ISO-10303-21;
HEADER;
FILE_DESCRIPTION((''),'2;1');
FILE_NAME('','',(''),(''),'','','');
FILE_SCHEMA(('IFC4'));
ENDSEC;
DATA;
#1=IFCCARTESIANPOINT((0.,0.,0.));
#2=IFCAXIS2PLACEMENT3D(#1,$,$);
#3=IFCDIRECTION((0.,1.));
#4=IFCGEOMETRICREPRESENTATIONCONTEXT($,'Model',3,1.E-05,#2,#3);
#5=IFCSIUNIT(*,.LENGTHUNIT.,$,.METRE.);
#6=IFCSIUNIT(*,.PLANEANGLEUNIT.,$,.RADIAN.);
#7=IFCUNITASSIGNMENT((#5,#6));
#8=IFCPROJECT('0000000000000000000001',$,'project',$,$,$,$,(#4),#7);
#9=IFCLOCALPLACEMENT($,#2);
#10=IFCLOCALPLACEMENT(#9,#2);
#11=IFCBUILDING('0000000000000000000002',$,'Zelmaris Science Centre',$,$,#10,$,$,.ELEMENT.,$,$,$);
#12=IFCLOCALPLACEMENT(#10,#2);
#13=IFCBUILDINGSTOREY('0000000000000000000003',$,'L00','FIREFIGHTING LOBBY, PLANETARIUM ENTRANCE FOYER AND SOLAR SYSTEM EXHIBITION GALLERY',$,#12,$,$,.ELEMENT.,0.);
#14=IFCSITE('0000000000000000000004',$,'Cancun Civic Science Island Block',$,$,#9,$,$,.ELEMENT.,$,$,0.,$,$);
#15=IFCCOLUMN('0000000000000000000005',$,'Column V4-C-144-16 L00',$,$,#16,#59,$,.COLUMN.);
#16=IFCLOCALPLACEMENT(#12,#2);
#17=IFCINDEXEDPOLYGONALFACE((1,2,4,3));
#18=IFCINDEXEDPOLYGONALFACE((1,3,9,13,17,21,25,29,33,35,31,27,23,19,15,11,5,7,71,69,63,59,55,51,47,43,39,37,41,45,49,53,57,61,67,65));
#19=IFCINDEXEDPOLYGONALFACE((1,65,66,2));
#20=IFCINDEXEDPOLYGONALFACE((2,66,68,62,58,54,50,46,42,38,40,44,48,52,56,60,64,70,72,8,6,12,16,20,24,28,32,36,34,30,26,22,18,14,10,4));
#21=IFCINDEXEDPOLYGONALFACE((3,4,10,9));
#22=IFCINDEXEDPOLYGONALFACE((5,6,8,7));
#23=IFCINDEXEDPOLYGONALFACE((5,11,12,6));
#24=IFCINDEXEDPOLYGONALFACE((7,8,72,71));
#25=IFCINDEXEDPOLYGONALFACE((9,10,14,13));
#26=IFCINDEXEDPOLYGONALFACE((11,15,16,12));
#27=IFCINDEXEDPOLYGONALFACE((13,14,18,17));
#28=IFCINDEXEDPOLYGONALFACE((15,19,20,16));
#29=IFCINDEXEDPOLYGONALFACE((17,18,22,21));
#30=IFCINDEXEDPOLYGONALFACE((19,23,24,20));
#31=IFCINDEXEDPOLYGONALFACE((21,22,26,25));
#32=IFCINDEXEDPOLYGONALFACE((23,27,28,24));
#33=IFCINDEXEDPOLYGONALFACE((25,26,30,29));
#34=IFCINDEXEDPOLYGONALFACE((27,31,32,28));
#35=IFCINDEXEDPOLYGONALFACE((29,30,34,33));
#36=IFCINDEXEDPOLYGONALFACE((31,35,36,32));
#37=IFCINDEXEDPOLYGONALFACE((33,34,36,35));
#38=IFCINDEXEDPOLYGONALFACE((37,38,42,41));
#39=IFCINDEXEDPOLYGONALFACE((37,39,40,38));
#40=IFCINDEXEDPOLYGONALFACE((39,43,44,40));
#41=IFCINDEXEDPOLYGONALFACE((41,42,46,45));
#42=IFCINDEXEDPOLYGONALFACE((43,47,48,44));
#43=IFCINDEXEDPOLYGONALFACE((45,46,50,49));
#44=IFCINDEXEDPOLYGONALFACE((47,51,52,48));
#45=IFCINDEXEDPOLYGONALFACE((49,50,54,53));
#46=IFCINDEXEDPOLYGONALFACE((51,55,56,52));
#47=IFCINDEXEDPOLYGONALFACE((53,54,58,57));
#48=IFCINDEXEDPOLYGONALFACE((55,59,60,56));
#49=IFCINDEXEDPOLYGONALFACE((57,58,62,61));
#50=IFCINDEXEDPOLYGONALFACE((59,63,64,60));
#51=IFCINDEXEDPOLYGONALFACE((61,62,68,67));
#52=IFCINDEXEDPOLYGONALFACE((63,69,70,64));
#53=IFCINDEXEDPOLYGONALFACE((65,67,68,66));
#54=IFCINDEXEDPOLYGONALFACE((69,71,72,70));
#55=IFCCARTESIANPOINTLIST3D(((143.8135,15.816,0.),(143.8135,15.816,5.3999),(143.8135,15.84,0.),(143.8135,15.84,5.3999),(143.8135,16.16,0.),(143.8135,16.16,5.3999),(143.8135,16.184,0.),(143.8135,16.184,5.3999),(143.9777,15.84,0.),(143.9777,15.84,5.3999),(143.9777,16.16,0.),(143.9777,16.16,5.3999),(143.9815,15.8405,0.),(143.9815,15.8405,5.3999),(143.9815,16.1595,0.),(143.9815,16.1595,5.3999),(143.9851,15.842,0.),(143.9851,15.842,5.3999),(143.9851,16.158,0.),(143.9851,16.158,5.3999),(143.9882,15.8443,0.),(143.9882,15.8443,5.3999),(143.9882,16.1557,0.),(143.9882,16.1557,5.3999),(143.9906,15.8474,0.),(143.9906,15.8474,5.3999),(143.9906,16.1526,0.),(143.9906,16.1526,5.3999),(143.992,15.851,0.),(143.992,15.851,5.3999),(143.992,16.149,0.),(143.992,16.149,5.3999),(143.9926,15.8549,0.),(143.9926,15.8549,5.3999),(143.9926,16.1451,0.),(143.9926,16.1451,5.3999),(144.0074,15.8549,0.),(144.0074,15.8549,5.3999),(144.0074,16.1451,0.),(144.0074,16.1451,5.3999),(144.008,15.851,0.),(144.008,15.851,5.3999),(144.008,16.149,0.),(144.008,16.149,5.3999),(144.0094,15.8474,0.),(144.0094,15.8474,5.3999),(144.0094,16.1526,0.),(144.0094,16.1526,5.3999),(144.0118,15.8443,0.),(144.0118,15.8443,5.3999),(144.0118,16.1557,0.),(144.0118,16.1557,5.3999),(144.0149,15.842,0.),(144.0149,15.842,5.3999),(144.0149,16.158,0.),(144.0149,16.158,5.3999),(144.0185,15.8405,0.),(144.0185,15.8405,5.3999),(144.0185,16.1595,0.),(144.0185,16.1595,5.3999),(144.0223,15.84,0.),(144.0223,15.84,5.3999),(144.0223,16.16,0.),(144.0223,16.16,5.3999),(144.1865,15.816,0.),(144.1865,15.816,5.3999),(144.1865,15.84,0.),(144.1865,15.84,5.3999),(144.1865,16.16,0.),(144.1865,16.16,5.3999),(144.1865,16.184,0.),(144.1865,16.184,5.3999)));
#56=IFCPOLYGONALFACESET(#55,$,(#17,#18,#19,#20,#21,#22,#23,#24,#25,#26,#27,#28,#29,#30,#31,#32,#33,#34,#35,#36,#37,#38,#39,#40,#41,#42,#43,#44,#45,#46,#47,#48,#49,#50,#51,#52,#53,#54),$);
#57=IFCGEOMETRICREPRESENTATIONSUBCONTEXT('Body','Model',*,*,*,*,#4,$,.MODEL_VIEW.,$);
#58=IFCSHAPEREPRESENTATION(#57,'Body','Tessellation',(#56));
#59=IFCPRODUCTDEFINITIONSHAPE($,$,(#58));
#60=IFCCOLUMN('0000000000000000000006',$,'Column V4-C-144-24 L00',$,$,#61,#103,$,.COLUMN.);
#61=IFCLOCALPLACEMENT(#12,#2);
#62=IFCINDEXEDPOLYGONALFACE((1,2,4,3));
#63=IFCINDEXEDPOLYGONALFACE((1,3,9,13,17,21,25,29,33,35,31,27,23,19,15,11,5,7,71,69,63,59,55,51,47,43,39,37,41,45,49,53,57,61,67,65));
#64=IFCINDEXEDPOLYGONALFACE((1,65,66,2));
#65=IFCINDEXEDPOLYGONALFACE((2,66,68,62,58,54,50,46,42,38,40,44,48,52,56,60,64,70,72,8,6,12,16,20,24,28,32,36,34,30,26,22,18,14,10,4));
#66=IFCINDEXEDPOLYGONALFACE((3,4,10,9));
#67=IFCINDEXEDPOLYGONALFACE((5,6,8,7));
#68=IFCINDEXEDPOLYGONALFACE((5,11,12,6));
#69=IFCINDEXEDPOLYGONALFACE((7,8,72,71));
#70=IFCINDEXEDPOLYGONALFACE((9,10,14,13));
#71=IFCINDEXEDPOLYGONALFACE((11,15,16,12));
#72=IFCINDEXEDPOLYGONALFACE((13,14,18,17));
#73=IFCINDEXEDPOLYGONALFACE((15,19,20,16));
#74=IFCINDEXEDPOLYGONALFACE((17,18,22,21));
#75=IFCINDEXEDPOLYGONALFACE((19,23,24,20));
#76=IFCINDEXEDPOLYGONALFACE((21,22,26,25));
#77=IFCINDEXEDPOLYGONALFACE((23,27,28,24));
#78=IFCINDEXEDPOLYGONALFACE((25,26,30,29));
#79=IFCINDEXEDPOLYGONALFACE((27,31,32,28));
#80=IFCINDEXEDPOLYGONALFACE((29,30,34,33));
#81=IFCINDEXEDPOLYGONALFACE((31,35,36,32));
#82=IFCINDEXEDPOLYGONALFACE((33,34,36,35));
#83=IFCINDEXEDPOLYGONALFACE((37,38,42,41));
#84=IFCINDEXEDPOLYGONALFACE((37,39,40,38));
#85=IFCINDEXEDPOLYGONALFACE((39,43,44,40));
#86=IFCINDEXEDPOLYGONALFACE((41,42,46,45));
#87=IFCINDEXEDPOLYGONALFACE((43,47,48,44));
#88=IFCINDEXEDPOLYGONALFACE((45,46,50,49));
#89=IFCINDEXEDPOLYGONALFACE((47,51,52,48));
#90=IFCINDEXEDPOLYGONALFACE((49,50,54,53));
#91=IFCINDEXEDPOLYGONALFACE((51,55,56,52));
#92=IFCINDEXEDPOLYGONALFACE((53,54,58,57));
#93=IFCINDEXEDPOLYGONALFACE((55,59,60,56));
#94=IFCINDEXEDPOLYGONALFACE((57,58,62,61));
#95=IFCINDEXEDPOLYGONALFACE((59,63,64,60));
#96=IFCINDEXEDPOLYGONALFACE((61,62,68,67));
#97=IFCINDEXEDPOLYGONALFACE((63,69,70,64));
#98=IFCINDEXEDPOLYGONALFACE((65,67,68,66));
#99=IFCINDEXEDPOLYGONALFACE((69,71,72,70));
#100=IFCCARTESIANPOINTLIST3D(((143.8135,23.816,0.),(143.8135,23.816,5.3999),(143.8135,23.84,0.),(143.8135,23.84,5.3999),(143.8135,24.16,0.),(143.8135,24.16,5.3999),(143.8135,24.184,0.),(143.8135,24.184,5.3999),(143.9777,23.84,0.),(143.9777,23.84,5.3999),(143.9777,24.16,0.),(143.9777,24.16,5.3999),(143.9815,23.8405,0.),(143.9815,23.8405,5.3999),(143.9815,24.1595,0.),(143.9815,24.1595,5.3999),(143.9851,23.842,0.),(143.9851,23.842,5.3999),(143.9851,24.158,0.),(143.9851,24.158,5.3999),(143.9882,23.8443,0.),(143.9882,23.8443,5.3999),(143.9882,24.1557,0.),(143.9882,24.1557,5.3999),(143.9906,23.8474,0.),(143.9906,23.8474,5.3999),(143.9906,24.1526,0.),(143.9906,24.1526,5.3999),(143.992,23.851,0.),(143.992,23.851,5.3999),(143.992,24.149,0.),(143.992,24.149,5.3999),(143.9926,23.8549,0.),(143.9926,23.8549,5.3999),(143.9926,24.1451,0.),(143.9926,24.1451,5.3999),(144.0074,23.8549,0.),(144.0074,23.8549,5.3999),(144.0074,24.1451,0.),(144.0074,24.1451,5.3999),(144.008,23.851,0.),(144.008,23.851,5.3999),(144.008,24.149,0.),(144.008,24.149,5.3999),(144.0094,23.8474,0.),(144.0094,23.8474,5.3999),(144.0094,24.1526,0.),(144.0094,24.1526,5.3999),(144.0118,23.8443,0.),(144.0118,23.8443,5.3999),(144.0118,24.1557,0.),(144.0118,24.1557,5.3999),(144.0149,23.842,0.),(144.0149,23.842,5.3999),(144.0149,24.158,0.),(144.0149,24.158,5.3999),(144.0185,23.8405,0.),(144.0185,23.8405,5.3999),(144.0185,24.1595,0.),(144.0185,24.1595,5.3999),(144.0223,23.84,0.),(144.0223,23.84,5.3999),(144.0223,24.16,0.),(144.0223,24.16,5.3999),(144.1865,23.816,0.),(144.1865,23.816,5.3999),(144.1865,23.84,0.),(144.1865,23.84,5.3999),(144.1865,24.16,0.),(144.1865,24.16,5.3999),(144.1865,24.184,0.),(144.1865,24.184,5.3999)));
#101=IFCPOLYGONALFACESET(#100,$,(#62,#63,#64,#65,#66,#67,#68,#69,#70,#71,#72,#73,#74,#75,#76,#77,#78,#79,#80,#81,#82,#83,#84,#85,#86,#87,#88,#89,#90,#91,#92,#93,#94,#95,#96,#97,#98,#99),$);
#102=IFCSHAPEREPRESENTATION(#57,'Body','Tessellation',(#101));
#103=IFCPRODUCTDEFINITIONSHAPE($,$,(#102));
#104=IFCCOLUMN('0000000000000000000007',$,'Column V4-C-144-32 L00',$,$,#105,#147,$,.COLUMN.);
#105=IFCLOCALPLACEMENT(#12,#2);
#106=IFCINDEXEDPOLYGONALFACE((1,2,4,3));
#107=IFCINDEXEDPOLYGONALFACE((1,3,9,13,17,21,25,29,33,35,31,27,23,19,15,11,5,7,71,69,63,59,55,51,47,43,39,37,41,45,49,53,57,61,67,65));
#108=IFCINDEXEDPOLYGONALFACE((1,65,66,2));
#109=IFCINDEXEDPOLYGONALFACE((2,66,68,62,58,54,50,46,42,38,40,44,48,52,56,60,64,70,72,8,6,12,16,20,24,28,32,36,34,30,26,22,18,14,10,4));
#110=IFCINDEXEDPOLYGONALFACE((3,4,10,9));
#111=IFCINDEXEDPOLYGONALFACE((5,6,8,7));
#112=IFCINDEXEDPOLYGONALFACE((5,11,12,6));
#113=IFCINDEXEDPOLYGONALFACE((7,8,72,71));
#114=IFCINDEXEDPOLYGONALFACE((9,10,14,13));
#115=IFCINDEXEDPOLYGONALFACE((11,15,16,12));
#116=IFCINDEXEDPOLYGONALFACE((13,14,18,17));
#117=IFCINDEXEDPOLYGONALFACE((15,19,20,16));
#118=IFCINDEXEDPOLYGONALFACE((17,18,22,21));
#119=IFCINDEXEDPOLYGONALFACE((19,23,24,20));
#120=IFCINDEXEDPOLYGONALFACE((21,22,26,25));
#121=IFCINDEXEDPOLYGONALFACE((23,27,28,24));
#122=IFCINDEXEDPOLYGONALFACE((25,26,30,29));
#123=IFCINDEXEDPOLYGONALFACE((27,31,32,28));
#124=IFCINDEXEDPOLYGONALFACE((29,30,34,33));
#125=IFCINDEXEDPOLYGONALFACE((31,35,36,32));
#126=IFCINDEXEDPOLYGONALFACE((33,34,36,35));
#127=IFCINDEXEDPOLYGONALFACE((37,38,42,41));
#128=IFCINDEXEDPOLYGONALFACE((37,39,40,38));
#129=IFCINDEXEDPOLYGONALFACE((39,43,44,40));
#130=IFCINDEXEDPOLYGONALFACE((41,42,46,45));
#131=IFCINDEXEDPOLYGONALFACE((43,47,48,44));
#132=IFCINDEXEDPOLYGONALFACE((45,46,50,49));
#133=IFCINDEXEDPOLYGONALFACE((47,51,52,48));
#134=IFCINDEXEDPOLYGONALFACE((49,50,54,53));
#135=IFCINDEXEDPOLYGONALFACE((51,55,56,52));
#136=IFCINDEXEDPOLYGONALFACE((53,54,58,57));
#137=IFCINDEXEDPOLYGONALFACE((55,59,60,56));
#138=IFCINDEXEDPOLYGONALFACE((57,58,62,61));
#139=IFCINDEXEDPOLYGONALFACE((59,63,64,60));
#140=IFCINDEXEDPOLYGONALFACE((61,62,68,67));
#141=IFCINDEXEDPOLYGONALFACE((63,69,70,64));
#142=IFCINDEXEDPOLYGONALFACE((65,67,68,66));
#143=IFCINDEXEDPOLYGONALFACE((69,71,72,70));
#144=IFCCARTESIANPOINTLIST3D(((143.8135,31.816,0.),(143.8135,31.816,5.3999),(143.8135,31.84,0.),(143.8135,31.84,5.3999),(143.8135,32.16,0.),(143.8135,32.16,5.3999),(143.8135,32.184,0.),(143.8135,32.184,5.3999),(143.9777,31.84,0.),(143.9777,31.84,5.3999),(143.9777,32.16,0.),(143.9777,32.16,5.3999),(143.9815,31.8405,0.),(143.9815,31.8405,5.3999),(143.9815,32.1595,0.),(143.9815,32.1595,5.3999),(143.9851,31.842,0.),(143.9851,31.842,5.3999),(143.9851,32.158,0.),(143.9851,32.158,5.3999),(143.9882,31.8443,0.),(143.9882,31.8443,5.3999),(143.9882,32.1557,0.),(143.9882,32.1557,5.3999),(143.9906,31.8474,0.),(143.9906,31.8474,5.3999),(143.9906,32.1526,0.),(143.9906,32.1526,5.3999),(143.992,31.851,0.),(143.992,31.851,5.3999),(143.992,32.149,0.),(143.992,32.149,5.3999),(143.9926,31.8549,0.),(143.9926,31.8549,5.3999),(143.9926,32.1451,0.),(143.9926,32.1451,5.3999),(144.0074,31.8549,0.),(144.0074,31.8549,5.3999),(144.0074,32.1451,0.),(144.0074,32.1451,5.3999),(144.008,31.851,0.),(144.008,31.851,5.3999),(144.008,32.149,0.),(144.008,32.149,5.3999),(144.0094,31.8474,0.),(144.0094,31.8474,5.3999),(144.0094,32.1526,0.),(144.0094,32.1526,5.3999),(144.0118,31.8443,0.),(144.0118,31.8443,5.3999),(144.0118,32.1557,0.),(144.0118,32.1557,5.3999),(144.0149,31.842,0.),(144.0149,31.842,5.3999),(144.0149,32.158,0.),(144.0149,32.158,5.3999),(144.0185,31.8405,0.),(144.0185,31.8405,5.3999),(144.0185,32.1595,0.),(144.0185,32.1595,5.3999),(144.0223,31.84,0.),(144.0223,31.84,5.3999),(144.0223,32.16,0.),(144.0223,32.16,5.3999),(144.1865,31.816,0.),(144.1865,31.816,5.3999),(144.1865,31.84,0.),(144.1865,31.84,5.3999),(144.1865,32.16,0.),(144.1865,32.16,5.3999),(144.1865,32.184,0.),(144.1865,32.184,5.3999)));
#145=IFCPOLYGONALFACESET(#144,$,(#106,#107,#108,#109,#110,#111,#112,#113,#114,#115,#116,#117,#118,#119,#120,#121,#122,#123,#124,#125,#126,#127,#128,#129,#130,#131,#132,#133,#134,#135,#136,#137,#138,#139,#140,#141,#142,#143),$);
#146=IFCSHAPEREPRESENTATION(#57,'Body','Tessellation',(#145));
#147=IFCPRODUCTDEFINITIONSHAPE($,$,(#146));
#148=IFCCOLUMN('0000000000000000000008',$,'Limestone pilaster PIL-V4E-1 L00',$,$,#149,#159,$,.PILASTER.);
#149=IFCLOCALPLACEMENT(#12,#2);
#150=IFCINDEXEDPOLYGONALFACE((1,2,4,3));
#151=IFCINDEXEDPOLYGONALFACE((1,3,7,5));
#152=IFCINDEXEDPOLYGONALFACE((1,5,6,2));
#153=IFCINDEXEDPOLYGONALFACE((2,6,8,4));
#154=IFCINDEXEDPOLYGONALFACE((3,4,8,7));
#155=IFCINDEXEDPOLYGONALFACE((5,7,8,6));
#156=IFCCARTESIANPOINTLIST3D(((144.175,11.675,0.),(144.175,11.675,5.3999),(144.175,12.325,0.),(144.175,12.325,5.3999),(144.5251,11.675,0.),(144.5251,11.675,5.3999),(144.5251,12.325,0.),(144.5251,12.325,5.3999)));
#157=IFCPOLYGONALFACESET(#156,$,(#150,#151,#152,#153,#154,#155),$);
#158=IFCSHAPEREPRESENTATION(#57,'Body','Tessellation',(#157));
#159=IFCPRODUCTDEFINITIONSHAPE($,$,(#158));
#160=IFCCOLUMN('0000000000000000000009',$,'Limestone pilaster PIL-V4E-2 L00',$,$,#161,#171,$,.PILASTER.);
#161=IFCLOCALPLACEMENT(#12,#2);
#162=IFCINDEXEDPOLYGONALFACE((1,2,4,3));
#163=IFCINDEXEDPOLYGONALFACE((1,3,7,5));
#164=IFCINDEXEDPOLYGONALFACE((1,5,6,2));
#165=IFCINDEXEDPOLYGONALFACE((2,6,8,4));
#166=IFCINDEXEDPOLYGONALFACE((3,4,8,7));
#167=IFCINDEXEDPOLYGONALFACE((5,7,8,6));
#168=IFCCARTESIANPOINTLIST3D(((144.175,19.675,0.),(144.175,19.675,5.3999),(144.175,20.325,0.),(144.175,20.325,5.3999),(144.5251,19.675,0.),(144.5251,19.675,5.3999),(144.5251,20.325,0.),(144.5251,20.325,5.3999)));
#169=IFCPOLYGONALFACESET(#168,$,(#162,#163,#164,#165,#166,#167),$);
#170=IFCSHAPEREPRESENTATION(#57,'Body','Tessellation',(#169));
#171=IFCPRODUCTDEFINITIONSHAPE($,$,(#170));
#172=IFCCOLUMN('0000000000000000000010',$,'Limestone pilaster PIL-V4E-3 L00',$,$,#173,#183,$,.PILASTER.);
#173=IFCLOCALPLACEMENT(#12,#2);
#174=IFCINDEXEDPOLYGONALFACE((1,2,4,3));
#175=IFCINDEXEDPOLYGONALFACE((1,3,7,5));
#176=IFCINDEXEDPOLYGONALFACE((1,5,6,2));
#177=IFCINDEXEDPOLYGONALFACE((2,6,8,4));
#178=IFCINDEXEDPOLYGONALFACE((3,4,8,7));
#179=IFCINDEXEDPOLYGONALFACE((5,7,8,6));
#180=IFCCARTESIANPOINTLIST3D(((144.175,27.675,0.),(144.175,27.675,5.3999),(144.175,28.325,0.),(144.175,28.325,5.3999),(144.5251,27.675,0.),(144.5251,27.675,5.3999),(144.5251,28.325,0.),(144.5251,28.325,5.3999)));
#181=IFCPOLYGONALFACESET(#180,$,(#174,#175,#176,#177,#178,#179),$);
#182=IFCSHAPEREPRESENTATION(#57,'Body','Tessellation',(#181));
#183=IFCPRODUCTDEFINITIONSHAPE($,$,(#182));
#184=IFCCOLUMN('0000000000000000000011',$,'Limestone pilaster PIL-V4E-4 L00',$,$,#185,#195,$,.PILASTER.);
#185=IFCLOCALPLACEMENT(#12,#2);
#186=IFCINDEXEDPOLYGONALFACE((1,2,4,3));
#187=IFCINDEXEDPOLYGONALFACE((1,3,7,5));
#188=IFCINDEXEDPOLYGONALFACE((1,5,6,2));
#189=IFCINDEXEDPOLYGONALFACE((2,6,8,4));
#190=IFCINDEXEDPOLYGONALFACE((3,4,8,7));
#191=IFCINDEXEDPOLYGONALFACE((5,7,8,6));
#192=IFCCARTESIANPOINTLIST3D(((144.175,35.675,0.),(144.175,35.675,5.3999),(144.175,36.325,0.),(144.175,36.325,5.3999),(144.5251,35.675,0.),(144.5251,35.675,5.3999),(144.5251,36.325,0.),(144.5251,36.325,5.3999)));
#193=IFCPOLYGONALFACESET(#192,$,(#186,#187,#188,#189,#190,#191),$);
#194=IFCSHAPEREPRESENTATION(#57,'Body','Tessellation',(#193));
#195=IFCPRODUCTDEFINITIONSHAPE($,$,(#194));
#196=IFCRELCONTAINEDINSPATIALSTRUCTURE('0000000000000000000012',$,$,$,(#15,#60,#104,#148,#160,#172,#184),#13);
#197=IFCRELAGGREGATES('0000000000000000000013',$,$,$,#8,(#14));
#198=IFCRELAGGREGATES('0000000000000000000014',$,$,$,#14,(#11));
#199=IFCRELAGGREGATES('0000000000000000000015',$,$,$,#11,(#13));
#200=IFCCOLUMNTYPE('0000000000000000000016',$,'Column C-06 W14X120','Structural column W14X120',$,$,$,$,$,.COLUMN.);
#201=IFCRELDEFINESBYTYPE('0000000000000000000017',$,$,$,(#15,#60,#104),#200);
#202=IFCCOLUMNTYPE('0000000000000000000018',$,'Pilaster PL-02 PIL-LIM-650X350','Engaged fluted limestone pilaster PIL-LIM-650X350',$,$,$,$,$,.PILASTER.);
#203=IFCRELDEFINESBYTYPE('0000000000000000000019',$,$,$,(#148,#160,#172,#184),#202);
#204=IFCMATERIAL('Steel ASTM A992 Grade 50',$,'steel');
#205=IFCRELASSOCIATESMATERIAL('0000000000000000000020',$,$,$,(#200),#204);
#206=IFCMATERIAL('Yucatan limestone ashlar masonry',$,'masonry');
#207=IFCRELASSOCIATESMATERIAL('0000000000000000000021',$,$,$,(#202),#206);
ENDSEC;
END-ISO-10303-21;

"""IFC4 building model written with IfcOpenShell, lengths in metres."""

from ifc_helpers import new_model, si_unit, direction, frame, origin, origin_2d, place, context, subcontext, project, spatial, rectangle, i_section, extrude, material, material_profile, profile_set, type_object, element, save


model = new_model("IFC4")

# Units and contexts
model_context = context("Model", 3, precision=1e-05, world=origin(), true_north=direction((0.0, 1.0)))
body_context = subcontext(model_context, "Body", "Model", "MODEL_VIEW")
ifc_project = project(units=[si_unit("LENGTHUNIT", "METRE"), si_unit("PLANEANGLEUNIT", "RADIAN")], contexts=[model_context])

# Site, building, storey
site_placement = place(None, origin())
site = spatial("IfcSite", under=ifc_project, at=site_placement, Name="Cancun Civic Science Island Block", CompositionType="ELEMENT", RefElevation=0.0)
building_placement = place(site_placement, origin())
building = spatial("IfcBuilding", under=site, at=building_placement, Name="Zelmaris Science Centre", CompositionType="ELEMENT")
storey_placement = place(building_placement, origin())
storey = spatial("IfcBuildingStorey", under=building, at=storey_placement, Name="L00", Description="FIREFIGHTING LOBBY, PLANETARIUM ENTRANCE FOYER AND SOLAR SYSTEM EXHIBITION GALLERY", CompositionType="ELEMENT", Elevation=0.0)

# Columns
ifc_material_1 = material(Name="Steel ASTM A992 Grade 50", Category="steel")
ifc_material_profile_1 = material_profile(ifc_material_1, i_section(OverallWidth=0.373, OverallDepth=0.3679, WebThickness=0.0149, FlangeThickness=0.0239, FilletRadius=0.0149, at=origin_2d()), Name="W14X120")
ifc_profile_set_1 = profile_set([ifc_material_profile_1], Name="Steel ASTM A992 Grade 50")
column_type_1 = type_object("IfcColumnType", Name="Column C-06 W14X120", Description="Structural column W14X120", PredefinedType="COLUMN", material=ifc_profile_set_1)
for number, where, z_axis, x_axis, name in (
    (1, (144.0, 16.0, 0.0), (0.0, 0.0, 1.0), (1.0, 0.0, 0.0), "Column V4-C-144-16 L00"),
    (2, (144.0, 24.0, 0.0), (0.0, 0.0, 1.0), (1.0, 0.0, 0.0), "Column V4-C-144-24 L00"),
    (3, (144.0, 32.0, 0.0), (0.0, 0.0, 1.0), (1.0, 0.0, 0.0), "Column V4-C-144-32 L00"),
):
    element("IfcColumn", number, at=place(storey_placement, frame(where, z_axis=z_axis, x_axis=x_axis)), inside=storey, type_object=column_type_1, Name=name, PredefinedType="COLUMN", context=body_context, shape_type="SweptSolid", body=[
        extrude(i_section(OverallWidth=0.373, OverallDepth=0.3679, WebThickness=0.0149, FlangeThickness=0.0239, FilletRadius=0.0149, at=origin_2d()), origin(), (0.0, 0.0, 1.0), 5.3999),
    ])
ifc_material_2 = material(Name="Yucatan limestone ashlar masonry", Category="masonry")
ifc_material_profile_2 = material_profile(ifc_material_2, rectangle(XDim=0.6499, YDim=0.3501, at=origin_2d()), Name="PIL-LIM-650X350")
ifc_profile_set_2 = profile_set([ifc_material_profile_2], Name="Yucatan limestone ashlar masonry")
column_type_2 = type_object("IfcColumnType", Name="Pilaster PL-02 PIL-LIM-650X350", Description="Engaged fluted limestone pilaster PIL-LIM-650X350", PredefinedType="PILASTER", material=ifc_profile_set_2)
for number, where, z_axis, x_axis, name in (
    (4, (144.3501, 12.0, 0.0), (0.0, 0.0, 1.0), (0.0, 1.0, 0.0), "Limestone pilaster PIL-V4E-1 L00"),
    (5, (144.3501, 20.0, 0.0), (0.0, 0.0, 1.0), (0.0, 1.0, 0.0), "Limestone pilaster PIL-V4E-2 L00"),
    (6, (144.3501, 28.0, 0.0), (0.0, 0.0, 1.0), (0.0, 1.0, 0.0), "Limestone pilaster PIL-V4E-3 L00"),
    (7, (144.3501, 36.0, 0.0), (0.0, 0.0, 1.0), (0.0, 1.0, 0.0), "Limestone pilaster PIL-V4E-4 L00"),
):
    element("IfcColumn", number, at=place(storey_placement, frame(where, z_axis=z_axis, x_axis=x_axis)), inside=storey, type_object=column_type_2, Name=name, PredefinedType="PILASTER", context=body_context, shape_type="SweptSolid", body=[
        extrude(rectangle(XDim=0.6499, YDim=0.3501, at=origin_2d()), origin(), (0.0, 0.0, 1.0), 5.3999),
    ])

save(model, "model.ifc")
